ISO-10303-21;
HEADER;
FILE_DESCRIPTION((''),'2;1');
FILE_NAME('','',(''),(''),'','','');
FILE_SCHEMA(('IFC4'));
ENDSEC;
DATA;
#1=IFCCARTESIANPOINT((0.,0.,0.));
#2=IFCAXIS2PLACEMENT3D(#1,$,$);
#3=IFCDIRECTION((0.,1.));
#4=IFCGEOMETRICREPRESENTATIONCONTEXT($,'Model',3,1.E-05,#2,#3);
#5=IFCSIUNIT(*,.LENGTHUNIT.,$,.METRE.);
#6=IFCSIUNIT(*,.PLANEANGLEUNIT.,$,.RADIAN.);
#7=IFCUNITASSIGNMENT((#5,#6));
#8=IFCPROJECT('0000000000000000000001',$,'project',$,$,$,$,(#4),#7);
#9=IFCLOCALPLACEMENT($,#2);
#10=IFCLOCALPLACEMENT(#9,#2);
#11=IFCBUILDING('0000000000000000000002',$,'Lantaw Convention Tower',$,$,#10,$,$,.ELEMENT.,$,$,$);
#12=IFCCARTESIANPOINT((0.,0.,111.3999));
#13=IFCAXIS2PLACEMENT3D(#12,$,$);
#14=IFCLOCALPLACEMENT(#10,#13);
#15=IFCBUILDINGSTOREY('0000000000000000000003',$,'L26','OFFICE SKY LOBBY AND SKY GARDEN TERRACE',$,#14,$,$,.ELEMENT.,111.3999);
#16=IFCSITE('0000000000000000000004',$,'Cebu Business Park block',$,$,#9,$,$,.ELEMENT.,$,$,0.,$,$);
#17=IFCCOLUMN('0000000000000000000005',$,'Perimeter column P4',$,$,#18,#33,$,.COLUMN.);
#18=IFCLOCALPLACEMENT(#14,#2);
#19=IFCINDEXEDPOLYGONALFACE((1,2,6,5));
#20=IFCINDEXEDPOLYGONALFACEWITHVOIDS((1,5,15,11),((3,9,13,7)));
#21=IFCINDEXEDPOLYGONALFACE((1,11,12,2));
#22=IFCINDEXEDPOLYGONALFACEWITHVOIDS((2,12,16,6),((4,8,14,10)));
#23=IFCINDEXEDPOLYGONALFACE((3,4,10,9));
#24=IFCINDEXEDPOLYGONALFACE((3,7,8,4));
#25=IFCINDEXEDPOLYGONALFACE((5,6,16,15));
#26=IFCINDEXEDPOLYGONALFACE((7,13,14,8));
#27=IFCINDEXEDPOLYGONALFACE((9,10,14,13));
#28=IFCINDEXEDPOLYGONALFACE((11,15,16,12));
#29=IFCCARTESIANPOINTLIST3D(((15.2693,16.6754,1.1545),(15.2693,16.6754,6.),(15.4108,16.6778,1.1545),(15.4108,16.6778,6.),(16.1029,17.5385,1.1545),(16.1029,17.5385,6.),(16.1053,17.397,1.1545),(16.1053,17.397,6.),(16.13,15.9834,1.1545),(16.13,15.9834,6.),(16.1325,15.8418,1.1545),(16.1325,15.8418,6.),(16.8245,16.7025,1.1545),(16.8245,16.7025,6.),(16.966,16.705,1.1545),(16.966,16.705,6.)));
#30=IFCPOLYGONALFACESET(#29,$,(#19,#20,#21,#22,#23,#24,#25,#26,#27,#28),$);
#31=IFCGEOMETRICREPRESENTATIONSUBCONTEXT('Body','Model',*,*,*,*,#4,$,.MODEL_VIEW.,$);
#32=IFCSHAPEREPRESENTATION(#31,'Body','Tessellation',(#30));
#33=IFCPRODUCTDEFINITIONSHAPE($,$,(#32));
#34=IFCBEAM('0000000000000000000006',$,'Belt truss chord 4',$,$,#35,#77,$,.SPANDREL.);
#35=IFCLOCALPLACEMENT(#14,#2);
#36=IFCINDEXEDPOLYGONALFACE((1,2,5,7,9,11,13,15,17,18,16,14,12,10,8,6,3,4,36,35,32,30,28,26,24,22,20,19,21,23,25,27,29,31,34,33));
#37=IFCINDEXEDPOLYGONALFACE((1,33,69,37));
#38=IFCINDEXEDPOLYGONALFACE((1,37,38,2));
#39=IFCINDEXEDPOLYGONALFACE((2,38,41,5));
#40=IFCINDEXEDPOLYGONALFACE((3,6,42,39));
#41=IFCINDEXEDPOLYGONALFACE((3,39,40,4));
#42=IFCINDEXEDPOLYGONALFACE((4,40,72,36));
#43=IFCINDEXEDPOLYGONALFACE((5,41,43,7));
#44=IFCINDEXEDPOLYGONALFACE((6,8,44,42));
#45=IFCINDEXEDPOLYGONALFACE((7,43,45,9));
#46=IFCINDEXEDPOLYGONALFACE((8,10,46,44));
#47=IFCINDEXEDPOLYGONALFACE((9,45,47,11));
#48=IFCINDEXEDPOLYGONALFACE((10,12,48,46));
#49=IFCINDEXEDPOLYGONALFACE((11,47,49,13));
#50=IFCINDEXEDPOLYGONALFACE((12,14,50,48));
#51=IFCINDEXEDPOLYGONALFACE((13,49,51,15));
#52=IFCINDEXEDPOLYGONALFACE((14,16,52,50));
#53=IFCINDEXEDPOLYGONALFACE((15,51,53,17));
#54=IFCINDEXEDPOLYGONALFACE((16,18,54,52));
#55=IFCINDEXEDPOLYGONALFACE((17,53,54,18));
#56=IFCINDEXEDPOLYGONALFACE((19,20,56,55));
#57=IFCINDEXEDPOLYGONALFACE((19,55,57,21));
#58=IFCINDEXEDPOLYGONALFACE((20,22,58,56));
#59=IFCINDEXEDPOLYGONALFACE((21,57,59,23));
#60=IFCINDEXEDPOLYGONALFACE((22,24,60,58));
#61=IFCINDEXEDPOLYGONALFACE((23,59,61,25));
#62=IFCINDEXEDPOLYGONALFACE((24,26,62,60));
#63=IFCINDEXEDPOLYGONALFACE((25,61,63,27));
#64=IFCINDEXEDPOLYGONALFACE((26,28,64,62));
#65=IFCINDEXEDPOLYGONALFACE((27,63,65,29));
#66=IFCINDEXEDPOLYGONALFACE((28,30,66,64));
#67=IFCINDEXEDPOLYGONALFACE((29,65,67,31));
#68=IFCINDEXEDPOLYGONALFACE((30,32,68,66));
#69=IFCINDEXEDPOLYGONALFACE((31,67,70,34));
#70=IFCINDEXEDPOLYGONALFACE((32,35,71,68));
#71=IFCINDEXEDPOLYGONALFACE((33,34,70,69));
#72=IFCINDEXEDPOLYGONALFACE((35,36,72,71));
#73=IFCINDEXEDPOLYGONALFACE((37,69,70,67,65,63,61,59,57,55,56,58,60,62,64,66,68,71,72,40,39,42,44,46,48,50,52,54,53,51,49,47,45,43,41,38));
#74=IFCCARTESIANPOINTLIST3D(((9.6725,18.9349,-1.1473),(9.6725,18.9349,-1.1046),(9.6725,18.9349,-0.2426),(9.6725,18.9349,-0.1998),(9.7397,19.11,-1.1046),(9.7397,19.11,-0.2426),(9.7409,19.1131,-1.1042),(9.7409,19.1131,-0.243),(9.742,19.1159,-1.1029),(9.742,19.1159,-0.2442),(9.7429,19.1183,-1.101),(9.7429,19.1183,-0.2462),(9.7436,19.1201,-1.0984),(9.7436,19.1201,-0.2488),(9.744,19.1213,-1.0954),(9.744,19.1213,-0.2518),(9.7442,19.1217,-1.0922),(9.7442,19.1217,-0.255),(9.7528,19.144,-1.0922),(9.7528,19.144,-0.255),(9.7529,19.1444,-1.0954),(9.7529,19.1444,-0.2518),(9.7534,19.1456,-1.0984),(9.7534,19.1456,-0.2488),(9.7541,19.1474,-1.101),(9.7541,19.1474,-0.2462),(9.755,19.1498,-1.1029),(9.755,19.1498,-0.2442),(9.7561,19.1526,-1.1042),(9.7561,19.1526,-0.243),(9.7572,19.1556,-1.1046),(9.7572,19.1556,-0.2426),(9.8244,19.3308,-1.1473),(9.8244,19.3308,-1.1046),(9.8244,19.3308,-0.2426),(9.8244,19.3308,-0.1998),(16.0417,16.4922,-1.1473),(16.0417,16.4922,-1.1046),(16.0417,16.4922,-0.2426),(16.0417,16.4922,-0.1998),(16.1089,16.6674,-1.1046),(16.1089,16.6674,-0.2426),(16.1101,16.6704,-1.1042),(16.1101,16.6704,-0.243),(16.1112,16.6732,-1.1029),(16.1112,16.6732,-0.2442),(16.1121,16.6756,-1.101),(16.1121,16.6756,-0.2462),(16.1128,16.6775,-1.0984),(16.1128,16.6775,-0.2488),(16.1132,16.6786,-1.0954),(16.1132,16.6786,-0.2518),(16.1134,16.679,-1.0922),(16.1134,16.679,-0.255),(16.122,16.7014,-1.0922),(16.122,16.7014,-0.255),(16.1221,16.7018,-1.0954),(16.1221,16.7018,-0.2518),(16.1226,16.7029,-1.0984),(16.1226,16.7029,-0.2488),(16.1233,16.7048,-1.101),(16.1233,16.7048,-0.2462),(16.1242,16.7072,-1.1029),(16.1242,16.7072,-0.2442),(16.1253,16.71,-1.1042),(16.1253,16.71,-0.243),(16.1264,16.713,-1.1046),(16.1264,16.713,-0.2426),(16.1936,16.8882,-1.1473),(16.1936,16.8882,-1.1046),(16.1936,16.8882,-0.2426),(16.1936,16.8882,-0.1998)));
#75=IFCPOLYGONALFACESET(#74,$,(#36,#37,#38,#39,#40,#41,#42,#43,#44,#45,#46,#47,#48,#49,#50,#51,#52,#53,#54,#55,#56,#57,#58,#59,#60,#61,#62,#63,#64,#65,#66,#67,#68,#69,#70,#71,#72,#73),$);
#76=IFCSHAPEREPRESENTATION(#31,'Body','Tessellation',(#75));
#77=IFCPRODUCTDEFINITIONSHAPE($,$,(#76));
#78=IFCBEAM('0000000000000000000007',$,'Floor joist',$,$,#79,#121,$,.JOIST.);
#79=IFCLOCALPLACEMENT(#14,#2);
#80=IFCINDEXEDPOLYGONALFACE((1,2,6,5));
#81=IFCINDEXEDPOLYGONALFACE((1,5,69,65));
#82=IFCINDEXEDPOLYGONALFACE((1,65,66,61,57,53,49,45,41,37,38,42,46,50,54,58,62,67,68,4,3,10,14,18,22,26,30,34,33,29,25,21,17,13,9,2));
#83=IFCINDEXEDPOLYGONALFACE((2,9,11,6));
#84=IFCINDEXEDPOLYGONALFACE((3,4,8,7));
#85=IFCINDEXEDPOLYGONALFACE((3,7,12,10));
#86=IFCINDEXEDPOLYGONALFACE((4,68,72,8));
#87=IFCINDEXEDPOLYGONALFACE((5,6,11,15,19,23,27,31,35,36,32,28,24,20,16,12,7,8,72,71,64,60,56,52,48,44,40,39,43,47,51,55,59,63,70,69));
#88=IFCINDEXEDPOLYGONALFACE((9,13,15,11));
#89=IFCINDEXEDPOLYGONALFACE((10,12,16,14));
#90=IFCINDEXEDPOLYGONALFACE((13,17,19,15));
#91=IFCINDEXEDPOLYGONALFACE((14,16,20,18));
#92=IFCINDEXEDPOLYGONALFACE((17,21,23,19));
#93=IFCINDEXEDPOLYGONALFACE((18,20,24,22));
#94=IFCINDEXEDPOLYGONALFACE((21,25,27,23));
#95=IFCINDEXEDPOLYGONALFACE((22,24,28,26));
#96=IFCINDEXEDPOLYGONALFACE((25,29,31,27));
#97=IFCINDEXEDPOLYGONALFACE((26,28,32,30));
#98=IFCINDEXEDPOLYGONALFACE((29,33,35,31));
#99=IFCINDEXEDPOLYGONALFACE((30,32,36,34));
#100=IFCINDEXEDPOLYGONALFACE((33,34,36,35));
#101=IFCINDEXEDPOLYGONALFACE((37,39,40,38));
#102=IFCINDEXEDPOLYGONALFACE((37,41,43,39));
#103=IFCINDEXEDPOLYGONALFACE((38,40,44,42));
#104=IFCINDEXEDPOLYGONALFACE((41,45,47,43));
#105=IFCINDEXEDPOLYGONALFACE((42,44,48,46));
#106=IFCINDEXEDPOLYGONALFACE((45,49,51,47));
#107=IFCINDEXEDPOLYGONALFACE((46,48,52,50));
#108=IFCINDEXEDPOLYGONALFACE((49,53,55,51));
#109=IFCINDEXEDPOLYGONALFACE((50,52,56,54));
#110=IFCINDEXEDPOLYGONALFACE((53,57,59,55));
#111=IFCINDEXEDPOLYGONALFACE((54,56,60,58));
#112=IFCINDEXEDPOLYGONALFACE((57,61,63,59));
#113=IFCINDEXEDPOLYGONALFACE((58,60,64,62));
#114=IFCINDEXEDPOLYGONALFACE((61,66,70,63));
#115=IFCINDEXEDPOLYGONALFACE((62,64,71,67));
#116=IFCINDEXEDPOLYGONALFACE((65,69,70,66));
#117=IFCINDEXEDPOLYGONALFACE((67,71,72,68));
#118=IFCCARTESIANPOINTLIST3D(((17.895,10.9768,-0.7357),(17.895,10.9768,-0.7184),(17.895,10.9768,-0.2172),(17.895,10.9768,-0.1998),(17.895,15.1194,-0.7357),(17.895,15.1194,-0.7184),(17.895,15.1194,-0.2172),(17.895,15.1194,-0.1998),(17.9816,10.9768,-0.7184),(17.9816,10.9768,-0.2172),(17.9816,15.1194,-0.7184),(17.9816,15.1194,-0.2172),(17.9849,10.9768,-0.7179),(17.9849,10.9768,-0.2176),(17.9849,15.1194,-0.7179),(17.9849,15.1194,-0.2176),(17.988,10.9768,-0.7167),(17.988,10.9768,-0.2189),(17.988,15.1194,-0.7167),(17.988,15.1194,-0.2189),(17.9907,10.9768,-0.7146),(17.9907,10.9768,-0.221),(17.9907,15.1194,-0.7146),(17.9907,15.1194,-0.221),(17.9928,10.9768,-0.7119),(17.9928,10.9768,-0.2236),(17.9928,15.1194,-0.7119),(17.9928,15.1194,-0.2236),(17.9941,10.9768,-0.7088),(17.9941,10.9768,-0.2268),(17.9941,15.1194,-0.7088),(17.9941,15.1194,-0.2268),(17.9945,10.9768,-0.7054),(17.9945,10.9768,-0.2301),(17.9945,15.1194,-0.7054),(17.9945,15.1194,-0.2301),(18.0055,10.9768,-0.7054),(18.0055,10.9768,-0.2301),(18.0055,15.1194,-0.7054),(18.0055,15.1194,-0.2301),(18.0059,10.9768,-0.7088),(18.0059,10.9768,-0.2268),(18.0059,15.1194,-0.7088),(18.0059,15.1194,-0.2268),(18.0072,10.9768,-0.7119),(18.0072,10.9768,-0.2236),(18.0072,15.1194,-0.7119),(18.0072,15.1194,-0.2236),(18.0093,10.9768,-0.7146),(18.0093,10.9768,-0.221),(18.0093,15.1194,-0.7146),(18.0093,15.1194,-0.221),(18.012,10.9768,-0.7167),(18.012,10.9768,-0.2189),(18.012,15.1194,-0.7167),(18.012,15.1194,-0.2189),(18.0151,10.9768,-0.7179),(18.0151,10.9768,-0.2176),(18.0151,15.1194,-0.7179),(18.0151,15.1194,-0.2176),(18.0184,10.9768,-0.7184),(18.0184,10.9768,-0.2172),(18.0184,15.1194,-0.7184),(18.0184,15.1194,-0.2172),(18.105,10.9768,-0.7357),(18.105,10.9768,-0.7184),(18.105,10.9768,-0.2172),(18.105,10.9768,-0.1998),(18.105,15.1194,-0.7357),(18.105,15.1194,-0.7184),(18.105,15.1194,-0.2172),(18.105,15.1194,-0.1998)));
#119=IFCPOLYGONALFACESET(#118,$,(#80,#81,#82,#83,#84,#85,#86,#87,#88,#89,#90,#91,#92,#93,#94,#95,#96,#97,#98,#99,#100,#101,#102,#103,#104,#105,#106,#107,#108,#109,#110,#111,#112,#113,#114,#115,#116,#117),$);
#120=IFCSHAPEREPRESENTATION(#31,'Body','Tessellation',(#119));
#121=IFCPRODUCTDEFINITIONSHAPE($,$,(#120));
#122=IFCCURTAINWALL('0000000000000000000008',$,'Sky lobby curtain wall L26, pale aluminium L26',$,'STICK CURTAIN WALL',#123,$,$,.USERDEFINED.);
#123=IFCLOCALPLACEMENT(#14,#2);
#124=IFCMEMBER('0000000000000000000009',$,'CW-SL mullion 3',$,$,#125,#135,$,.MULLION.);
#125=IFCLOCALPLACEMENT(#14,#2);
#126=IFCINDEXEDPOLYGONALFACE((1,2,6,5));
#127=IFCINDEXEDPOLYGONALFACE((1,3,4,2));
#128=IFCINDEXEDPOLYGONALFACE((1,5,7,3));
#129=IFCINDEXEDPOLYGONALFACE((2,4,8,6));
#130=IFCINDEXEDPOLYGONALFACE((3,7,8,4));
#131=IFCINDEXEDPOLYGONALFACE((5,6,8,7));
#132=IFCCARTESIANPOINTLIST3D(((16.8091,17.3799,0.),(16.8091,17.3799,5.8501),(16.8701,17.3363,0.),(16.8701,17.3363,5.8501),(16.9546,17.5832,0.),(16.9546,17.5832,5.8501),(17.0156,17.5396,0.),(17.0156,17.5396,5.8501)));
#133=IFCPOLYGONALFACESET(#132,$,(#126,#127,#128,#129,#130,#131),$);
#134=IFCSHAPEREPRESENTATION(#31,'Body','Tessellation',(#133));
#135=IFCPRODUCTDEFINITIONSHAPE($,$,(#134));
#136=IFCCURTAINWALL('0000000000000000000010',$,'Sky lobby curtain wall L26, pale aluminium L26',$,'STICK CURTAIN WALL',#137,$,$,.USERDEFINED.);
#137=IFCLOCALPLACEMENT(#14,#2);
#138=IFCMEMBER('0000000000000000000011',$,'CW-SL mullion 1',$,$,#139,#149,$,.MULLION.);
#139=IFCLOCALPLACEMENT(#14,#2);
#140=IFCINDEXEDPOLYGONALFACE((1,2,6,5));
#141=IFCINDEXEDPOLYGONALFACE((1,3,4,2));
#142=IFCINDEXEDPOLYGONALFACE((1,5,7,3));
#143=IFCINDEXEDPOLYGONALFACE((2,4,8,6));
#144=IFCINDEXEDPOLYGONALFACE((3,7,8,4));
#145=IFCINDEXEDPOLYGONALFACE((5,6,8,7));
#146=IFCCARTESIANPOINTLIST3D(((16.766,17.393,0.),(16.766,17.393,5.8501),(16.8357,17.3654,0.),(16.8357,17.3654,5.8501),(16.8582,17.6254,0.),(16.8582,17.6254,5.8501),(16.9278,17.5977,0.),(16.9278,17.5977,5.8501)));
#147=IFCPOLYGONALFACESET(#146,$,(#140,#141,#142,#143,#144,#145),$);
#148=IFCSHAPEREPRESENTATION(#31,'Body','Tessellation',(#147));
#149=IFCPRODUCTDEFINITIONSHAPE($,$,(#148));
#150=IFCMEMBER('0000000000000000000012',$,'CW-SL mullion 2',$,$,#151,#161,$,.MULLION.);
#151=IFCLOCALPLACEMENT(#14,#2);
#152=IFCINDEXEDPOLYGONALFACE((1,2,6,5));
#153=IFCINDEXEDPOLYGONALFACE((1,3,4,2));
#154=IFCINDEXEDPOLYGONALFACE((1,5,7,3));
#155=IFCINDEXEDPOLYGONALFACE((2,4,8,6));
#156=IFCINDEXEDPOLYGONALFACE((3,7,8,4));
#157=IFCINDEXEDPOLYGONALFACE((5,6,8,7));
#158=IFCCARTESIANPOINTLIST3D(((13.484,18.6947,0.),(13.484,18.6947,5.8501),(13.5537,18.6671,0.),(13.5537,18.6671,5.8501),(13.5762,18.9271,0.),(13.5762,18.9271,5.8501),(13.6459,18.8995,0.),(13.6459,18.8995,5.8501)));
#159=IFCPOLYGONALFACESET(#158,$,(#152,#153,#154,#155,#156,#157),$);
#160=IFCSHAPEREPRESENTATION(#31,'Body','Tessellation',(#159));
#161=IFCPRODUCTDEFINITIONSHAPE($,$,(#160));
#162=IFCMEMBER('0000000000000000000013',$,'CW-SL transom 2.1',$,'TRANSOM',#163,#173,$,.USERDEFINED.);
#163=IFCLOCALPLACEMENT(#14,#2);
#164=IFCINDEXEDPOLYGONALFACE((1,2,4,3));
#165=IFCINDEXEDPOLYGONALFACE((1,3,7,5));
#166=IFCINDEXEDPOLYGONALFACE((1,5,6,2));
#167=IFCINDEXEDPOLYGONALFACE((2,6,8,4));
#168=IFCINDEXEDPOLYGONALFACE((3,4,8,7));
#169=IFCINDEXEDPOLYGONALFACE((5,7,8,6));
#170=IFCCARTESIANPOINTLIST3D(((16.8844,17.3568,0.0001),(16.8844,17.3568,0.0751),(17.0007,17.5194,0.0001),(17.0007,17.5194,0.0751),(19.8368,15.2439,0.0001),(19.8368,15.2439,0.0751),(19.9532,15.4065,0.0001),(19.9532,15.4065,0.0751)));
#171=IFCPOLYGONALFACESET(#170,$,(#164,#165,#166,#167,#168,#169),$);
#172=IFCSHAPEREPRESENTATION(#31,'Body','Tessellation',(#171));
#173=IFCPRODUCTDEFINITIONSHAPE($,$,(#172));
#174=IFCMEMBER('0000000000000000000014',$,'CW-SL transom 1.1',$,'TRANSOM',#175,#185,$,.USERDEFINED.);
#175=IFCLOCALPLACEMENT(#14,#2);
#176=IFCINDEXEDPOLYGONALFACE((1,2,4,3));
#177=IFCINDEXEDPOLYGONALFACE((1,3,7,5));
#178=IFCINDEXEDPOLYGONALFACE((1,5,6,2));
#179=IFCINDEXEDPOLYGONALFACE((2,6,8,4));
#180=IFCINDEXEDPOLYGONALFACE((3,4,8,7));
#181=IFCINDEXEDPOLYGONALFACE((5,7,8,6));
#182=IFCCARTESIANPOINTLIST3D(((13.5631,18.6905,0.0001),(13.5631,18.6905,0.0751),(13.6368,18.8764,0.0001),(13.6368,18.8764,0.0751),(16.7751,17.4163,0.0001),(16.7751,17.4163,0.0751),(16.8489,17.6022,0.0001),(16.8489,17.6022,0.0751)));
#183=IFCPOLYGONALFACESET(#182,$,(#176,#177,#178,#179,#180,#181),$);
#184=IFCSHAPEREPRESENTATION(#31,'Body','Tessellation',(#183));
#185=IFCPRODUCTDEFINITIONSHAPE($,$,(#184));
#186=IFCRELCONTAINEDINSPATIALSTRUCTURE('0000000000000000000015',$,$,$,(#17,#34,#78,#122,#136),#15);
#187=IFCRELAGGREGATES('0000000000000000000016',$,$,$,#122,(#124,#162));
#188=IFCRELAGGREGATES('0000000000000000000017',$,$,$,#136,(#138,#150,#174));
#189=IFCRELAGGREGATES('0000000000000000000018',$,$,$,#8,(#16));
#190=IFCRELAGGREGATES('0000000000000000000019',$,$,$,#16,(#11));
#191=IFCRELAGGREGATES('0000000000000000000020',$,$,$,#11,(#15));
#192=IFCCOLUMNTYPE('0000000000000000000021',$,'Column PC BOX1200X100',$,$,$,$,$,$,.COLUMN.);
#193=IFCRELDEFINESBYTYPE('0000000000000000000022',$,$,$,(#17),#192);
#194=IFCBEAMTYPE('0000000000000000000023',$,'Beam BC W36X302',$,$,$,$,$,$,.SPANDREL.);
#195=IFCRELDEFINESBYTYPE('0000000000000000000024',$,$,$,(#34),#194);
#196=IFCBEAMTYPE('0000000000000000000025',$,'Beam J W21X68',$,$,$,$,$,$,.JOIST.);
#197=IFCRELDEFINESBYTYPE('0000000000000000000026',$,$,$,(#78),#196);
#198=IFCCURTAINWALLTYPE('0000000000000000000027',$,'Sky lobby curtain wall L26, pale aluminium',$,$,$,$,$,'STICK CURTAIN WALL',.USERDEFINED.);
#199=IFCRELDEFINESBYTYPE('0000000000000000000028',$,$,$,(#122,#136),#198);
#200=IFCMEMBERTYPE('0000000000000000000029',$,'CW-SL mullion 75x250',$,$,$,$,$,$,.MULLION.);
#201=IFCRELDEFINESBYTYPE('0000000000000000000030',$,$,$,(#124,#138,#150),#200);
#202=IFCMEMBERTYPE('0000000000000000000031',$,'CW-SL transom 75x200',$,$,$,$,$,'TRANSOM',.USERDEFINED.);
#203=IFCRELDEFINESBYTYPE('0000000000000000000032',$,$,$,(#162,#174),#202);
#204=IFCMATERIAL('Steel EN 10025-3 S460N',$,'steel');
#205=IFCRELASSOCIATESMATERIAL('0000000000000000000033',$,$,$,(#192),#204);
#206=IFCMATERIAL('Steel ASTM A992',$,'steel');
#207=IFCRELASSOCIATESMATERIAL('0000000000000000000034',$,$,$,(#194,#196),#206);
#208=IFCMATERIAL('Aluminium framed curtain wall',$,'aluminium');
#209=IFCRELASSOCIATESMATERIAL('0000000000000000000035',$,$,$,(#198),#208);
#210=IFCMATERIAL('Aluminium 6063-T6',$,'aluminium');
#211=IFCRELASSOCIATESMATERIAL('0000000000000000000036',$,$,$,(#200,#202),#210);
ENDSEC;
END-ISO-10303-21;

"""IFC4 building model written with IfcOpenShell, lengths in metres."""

from ifc_helpers import new_model, si_unit, direction, frame, origin, origin_2d, place, context, subcontext, project, spatial, rectangle, hollow_rectangle, i_section, extrude, material, material_profile, profile_set, type_object, element, aggregate, save


model = new_model("IFC4")

# Units and contexts
model_context = context("Model", 3, precision=1e-05, world=origin(), true_north=direction((0.0, 1.0)))
body_context = subcontext(model_context, "Body", "Model", "MODEL_VIEW")
ifc_project = project(units=[si_unit("LENGTHUNIT", "METRE"), si_unit("PLANEANGLEUNIT", "RADIAN")], contexts=[model_context])

# Site, building, storey
site_placement = place(None, origin())
site = spatial("IfcSite", under=ifc_project, at=site_placement, Name="Cebu Business Park block", CompositionType="ELEMENT", RefElevation=0.0)
building_placement = place(site_placement, origin())
building = spatial("IfcBuilding", under=site, at=building_placement, Name="Lantaw Convention Tower", CompositionType="ELEMENT")
storey_placement = place(building_placement, frame((0.0, 0.0, 111.3999)))
storey = spatial("IfcBuildingStorey", under=building, at=storey_placement, Name="L26", Description="OFFICE SKY LOBBY AND SKY GARDEN TERRACE", CompositionType="ELEMENT", Elevation=111.3999)

# Column
ifc_material_1 = material(Name="Steel EN 10025-3 S460N", Category="steel")
ifc_material_profile_1 = material_profile(ifc_material_1, hollow_rectangle(XDim=1.2, YDim=1.2, WallThickness=0.1001, at=origin_2d()), Name="BOX1200X100")
ifc_material_2 = material(Name="Concrete C60/75", Category="concrete")
ifc_material_profile_2 = material_profile(ifc_material_2, rectangle(XDim=1.0, YDim=1.0, at=origin_2d()), Name="Concrete fill of BOX1200X100")
ifc_profile_set_1 = profile_set([ifc_material_profile_1, ifc_material_profile_2], Name="Steel EN 10025-3 S460N")
column_type = type_object("IfcColumnType", Name="Column PC BOX1200X100", PredefinedType="COLUMN", material=ifc_profile_set_1)
column_placement = place(storey_placement, frame((16.1177, 16.6902, 1.1545), z_axis=(0.0, 0.0, 1.0), x_axis=(0.694658, 0.71934, 0.0)))
element("IfcColumn", 1, at=column_placement, inside=storey, type_object=column_type, Name="Perimeter column P4", PredefinedType="COLUMN", context=body_context, shape_type="SweptSolid", body=[
    extrude(hollow_rectangle(XDim=1.2, YDim=1.2, WallThickness=0.1001, at=origin_2d()), origin(), (0.0, 0.0, 1.0), 4.8455),
])

# Beams
ifc_material_3 = material(Name="Steel ASTM A992", Category="steel")
ifc_material_profile_3 = material_profile(ifc_material_3, i_section(OverallWidth=0.4241, OverallDepth=0.9475, WebThickness=0.0239, FlangeThickness=0.0427, FilletRadius=0.0125, at=origin_2d()), Name="W36X302")
ifc_profile_set_2 = profile_set([ifc_material_profile_3], Name="Steel ASTM A992")
beam_type_1 = type_object("IfcBeamType", Name="Beam BC W36X302", PredefinedType="SPANDREL", material=ifc_profile_set_2)
beam_1_placement = place(storey_placement, frame((16.1177, 16.6902, -0.6736), z_axis=(-0.933691, 0.35808, 0.0), x_axis=(-0.35808, -0.933691, 0.0)))
element("IfcBeam", 2, at=beam_1_placement, inside=storey, type_object=beam_type_1, Name="Belt truss chord 4", PredefinedType="SPANDREL", context=body_context, shape_type="SweptSolid", body=[
    extrude(i_section(OverallWidth=0.4241, OverallDepth=0.9475, WebThickness=0.0239, FlangeThickness=0.0427, FilletRadius=0.0125, at=origin_2d()), origin(), (0.0, 0.0, 1.0), 6.8215),
])
ifc_material_profile_4 = material_profile(ifc_material_3, i_section(OverallWidth=0.21, OverallDepth=0.5359, WebThickness=0.011, FlangeThickness=0.0173, FilletRadius=0.0129, at=origin_2d()), Name="W21X68")
ifc_profile_set_3 = profile_set([ifc_material_profile_4], Name="Steel ASTM A992")
beam_type_2 = type_object("IfcBeamType", Name="Beam J W21X68", PredefinedType="JOIST", material=ifc_profile_set_3)
beam_2_placement = place(storey_placement, frame((18.0, 10.9768, -0.4678), z_axis=(0.0, 1.0, 0.0), x_axis=(-1.0, 0.0, 0.0)))
element("IfcBeam", 3, at=beam_2_placement, inside=storey, type_object=beam_type_2, Name="Floor joist", PredefinedType="JOIST", context=body_context, shape_type="SweptSolid", body=[
    extrude(i_section(OverallWidth=0.21, OverallDepth=0.5359, WebThickness=0.011, FlangeThickness=0.0173, FilletRadius=0.0129, at=origin_2d()), origin(), (0.0, 0.0, 1.0), 4.1426),
])

# Curtain wall, member
ifc_material_4 = material(Name="Aluminium framed curtain wall", Category="aluminium")
curtain_wall_type = type_object("IfcCurtainWallType", Name="Sky lobby curtain wall L26, pale aluminium", ElementType="STICK CURTAIN WALL", PredefinedType="USERDEFINED", material=ifc_material_4)
curtain_wall_1_placement = place(storey_placement, origin())
curtain_wall_1 = element("IfcCurtainWall", 4, at=curtain_wall_1_placement, inside=storey, type_object=curtain_wall_type, Name="Sky lobby curtain wall L26, pale aluminium L26", ObjectType="STICK CURTAIN WALL", PredefinedType="USERDEFINED")
ifc_material_5 = material(Name="Aluminium 6063-T6", Category="aluminium")
ifc_material_profile_5 = material_profile(ifc_material_5, rectangle(XDim=0.25, YDim=0.075, at=origin_2d()), Name="CW-SL mullion 75x250")
ifc_profile_set_4 = profile_set([ifc_material_profile_5], Name="Aluminium 6063-T6")
member_type_1 = type_object("IfcMemberType", Name="CW-SL mullion 75x250", PredefinedType="MULLION", material=ifc_profile_set_4)
member_1_placement = place(storey_placement, frame((16.9124, 17.4597, 0.0), z_axis=(0.0, 0.0, 1.0), x_axis=(-0.581973, -0.813208, 0.0)))
member_1 = element("IfcMember", 5, at=member_1_placement, type_object=member_type_1, Name="CW-SL mullion 3", PredefinedType="MULLION", context=body_context, shape_type="SweptSolid", body=[
    extrude(rectangle(XDim=0.25, YDim=0.075, at=origin_2d()), origin(), (0.0, 0.0, 1.0), 5.8501),
])

# Curtain wall, members
curtain_wall_2_placement = place(storey_placement, origin())
curtain_wall_2 = element("IfcCurtainWall", 6, at=curtain_wall_2_placement, inside=storey, type_object=curtain_wall_type, Name="Sky lobby curtain wall L26, pale aluminium L26", ObjectType="STICK CURTAIN WALL", PredefinedType="USERDEFINED")
member_2_placement = place(storey_placement, frame((16.8469, 17.4954, 0.0), z_axis=(0.0, 0.0, 1.0), x_axis=(-0.368702, -0.929548, 0.0)))
member_2 = element("IfcMember", 7, at=member_2_placement, type_object=member_type_1, Name="CW-SL mullion 1", PredefinedType="MULLION", context=body_context, shape_type="SweptSolid", body=[
    extrude(rectangle(XDim=0.25, YDim=0.075, at=origin_2d()), origin(), (0.0, 0.0, 1.0), 5.8501),
])
member_3_placement = place(storey_placement, frame((13.5649, 18.7971, 0.0), z_axis=(0.0, 0.0, 1.0), x_axis=(-0.368702, -0.929548, 0.0)))
member_3 = element("IfcMember", 8, at=member_3_placement, type_object=member_type_1, Name="CW-SL mullion 2", PredefinedType="MULLION", context=body_context, shape_type="SweptSolid", body=[
    extrude(rectangle(XDim=0.25, YDim=0.075, at=origin_2d()), origin(), (0.0, 0.0, 1.0), 5.8501),
])

# Members
ifc_material_profile_6 = material_profile(ifc_material_5, rectangle(XDim=0.2, YDim=0.075, at=origin_2d()), Name="CW-SL transom 75x200")
ifc_profile_set_5 = profile_set([ifc_material_profile_6], Name="Aluminium 6063-T6")
member_type_2 = type_object("IfcMemberType", Name="CW-SL transom 75x200", ElementType="TRANSOM", PredefinedType="USERDEFINED", material=ifc_profile_set_5)
member_4_placement = place(storey_placement, frame((19.895, 15.3252, 0.0376), z_axis=(-0.81322, 0.581957, 0.0), x_axis=(-0.581957, -0.81322, 0.0)))
member_4 = element("IfcMember", 9, at=member_4_placement, type_object=member_type_2, Name="CW-SL transom 2.1", ObjectType="TRANSOM", PredefinedType="USERDEFINED", context=body_context, shape_type="SweptSolid", body=[
    extrude(rectangle(XDim=0.2, YDim=0.075, at=origin_2d()), origin(), (0.0, 0.0, 1.0), 3.6306),
])
member_5_placement = place(storey_placement, frame((16.812, 17.5093, 0.0376), z_axis=(-0.92954, 0.368722, 0.0), x_axis=(-0.368722, -0.92954, 0.0)))
member_5 = element("IfcMember", 10, at=member_5_placement, type_object=member_type_2, Name="CW-SL transom 1.1", ObjectType="TRANSOM", PredefinedType="USERDEFINED", context=body_context, shape_type="SweptSolid", body=[
    extrude(rectangle(XDim=0.2, YDim=0.075, at=origin_2d()), origin(), (0.0, 0.0, 1.0), 3.4556),
])

aggregate(curtain_wall_1, [member_1, member_4])
aggregate(curtain_wall_2, [member_2, member_3, member_5])

save(model, "model.ifc")
